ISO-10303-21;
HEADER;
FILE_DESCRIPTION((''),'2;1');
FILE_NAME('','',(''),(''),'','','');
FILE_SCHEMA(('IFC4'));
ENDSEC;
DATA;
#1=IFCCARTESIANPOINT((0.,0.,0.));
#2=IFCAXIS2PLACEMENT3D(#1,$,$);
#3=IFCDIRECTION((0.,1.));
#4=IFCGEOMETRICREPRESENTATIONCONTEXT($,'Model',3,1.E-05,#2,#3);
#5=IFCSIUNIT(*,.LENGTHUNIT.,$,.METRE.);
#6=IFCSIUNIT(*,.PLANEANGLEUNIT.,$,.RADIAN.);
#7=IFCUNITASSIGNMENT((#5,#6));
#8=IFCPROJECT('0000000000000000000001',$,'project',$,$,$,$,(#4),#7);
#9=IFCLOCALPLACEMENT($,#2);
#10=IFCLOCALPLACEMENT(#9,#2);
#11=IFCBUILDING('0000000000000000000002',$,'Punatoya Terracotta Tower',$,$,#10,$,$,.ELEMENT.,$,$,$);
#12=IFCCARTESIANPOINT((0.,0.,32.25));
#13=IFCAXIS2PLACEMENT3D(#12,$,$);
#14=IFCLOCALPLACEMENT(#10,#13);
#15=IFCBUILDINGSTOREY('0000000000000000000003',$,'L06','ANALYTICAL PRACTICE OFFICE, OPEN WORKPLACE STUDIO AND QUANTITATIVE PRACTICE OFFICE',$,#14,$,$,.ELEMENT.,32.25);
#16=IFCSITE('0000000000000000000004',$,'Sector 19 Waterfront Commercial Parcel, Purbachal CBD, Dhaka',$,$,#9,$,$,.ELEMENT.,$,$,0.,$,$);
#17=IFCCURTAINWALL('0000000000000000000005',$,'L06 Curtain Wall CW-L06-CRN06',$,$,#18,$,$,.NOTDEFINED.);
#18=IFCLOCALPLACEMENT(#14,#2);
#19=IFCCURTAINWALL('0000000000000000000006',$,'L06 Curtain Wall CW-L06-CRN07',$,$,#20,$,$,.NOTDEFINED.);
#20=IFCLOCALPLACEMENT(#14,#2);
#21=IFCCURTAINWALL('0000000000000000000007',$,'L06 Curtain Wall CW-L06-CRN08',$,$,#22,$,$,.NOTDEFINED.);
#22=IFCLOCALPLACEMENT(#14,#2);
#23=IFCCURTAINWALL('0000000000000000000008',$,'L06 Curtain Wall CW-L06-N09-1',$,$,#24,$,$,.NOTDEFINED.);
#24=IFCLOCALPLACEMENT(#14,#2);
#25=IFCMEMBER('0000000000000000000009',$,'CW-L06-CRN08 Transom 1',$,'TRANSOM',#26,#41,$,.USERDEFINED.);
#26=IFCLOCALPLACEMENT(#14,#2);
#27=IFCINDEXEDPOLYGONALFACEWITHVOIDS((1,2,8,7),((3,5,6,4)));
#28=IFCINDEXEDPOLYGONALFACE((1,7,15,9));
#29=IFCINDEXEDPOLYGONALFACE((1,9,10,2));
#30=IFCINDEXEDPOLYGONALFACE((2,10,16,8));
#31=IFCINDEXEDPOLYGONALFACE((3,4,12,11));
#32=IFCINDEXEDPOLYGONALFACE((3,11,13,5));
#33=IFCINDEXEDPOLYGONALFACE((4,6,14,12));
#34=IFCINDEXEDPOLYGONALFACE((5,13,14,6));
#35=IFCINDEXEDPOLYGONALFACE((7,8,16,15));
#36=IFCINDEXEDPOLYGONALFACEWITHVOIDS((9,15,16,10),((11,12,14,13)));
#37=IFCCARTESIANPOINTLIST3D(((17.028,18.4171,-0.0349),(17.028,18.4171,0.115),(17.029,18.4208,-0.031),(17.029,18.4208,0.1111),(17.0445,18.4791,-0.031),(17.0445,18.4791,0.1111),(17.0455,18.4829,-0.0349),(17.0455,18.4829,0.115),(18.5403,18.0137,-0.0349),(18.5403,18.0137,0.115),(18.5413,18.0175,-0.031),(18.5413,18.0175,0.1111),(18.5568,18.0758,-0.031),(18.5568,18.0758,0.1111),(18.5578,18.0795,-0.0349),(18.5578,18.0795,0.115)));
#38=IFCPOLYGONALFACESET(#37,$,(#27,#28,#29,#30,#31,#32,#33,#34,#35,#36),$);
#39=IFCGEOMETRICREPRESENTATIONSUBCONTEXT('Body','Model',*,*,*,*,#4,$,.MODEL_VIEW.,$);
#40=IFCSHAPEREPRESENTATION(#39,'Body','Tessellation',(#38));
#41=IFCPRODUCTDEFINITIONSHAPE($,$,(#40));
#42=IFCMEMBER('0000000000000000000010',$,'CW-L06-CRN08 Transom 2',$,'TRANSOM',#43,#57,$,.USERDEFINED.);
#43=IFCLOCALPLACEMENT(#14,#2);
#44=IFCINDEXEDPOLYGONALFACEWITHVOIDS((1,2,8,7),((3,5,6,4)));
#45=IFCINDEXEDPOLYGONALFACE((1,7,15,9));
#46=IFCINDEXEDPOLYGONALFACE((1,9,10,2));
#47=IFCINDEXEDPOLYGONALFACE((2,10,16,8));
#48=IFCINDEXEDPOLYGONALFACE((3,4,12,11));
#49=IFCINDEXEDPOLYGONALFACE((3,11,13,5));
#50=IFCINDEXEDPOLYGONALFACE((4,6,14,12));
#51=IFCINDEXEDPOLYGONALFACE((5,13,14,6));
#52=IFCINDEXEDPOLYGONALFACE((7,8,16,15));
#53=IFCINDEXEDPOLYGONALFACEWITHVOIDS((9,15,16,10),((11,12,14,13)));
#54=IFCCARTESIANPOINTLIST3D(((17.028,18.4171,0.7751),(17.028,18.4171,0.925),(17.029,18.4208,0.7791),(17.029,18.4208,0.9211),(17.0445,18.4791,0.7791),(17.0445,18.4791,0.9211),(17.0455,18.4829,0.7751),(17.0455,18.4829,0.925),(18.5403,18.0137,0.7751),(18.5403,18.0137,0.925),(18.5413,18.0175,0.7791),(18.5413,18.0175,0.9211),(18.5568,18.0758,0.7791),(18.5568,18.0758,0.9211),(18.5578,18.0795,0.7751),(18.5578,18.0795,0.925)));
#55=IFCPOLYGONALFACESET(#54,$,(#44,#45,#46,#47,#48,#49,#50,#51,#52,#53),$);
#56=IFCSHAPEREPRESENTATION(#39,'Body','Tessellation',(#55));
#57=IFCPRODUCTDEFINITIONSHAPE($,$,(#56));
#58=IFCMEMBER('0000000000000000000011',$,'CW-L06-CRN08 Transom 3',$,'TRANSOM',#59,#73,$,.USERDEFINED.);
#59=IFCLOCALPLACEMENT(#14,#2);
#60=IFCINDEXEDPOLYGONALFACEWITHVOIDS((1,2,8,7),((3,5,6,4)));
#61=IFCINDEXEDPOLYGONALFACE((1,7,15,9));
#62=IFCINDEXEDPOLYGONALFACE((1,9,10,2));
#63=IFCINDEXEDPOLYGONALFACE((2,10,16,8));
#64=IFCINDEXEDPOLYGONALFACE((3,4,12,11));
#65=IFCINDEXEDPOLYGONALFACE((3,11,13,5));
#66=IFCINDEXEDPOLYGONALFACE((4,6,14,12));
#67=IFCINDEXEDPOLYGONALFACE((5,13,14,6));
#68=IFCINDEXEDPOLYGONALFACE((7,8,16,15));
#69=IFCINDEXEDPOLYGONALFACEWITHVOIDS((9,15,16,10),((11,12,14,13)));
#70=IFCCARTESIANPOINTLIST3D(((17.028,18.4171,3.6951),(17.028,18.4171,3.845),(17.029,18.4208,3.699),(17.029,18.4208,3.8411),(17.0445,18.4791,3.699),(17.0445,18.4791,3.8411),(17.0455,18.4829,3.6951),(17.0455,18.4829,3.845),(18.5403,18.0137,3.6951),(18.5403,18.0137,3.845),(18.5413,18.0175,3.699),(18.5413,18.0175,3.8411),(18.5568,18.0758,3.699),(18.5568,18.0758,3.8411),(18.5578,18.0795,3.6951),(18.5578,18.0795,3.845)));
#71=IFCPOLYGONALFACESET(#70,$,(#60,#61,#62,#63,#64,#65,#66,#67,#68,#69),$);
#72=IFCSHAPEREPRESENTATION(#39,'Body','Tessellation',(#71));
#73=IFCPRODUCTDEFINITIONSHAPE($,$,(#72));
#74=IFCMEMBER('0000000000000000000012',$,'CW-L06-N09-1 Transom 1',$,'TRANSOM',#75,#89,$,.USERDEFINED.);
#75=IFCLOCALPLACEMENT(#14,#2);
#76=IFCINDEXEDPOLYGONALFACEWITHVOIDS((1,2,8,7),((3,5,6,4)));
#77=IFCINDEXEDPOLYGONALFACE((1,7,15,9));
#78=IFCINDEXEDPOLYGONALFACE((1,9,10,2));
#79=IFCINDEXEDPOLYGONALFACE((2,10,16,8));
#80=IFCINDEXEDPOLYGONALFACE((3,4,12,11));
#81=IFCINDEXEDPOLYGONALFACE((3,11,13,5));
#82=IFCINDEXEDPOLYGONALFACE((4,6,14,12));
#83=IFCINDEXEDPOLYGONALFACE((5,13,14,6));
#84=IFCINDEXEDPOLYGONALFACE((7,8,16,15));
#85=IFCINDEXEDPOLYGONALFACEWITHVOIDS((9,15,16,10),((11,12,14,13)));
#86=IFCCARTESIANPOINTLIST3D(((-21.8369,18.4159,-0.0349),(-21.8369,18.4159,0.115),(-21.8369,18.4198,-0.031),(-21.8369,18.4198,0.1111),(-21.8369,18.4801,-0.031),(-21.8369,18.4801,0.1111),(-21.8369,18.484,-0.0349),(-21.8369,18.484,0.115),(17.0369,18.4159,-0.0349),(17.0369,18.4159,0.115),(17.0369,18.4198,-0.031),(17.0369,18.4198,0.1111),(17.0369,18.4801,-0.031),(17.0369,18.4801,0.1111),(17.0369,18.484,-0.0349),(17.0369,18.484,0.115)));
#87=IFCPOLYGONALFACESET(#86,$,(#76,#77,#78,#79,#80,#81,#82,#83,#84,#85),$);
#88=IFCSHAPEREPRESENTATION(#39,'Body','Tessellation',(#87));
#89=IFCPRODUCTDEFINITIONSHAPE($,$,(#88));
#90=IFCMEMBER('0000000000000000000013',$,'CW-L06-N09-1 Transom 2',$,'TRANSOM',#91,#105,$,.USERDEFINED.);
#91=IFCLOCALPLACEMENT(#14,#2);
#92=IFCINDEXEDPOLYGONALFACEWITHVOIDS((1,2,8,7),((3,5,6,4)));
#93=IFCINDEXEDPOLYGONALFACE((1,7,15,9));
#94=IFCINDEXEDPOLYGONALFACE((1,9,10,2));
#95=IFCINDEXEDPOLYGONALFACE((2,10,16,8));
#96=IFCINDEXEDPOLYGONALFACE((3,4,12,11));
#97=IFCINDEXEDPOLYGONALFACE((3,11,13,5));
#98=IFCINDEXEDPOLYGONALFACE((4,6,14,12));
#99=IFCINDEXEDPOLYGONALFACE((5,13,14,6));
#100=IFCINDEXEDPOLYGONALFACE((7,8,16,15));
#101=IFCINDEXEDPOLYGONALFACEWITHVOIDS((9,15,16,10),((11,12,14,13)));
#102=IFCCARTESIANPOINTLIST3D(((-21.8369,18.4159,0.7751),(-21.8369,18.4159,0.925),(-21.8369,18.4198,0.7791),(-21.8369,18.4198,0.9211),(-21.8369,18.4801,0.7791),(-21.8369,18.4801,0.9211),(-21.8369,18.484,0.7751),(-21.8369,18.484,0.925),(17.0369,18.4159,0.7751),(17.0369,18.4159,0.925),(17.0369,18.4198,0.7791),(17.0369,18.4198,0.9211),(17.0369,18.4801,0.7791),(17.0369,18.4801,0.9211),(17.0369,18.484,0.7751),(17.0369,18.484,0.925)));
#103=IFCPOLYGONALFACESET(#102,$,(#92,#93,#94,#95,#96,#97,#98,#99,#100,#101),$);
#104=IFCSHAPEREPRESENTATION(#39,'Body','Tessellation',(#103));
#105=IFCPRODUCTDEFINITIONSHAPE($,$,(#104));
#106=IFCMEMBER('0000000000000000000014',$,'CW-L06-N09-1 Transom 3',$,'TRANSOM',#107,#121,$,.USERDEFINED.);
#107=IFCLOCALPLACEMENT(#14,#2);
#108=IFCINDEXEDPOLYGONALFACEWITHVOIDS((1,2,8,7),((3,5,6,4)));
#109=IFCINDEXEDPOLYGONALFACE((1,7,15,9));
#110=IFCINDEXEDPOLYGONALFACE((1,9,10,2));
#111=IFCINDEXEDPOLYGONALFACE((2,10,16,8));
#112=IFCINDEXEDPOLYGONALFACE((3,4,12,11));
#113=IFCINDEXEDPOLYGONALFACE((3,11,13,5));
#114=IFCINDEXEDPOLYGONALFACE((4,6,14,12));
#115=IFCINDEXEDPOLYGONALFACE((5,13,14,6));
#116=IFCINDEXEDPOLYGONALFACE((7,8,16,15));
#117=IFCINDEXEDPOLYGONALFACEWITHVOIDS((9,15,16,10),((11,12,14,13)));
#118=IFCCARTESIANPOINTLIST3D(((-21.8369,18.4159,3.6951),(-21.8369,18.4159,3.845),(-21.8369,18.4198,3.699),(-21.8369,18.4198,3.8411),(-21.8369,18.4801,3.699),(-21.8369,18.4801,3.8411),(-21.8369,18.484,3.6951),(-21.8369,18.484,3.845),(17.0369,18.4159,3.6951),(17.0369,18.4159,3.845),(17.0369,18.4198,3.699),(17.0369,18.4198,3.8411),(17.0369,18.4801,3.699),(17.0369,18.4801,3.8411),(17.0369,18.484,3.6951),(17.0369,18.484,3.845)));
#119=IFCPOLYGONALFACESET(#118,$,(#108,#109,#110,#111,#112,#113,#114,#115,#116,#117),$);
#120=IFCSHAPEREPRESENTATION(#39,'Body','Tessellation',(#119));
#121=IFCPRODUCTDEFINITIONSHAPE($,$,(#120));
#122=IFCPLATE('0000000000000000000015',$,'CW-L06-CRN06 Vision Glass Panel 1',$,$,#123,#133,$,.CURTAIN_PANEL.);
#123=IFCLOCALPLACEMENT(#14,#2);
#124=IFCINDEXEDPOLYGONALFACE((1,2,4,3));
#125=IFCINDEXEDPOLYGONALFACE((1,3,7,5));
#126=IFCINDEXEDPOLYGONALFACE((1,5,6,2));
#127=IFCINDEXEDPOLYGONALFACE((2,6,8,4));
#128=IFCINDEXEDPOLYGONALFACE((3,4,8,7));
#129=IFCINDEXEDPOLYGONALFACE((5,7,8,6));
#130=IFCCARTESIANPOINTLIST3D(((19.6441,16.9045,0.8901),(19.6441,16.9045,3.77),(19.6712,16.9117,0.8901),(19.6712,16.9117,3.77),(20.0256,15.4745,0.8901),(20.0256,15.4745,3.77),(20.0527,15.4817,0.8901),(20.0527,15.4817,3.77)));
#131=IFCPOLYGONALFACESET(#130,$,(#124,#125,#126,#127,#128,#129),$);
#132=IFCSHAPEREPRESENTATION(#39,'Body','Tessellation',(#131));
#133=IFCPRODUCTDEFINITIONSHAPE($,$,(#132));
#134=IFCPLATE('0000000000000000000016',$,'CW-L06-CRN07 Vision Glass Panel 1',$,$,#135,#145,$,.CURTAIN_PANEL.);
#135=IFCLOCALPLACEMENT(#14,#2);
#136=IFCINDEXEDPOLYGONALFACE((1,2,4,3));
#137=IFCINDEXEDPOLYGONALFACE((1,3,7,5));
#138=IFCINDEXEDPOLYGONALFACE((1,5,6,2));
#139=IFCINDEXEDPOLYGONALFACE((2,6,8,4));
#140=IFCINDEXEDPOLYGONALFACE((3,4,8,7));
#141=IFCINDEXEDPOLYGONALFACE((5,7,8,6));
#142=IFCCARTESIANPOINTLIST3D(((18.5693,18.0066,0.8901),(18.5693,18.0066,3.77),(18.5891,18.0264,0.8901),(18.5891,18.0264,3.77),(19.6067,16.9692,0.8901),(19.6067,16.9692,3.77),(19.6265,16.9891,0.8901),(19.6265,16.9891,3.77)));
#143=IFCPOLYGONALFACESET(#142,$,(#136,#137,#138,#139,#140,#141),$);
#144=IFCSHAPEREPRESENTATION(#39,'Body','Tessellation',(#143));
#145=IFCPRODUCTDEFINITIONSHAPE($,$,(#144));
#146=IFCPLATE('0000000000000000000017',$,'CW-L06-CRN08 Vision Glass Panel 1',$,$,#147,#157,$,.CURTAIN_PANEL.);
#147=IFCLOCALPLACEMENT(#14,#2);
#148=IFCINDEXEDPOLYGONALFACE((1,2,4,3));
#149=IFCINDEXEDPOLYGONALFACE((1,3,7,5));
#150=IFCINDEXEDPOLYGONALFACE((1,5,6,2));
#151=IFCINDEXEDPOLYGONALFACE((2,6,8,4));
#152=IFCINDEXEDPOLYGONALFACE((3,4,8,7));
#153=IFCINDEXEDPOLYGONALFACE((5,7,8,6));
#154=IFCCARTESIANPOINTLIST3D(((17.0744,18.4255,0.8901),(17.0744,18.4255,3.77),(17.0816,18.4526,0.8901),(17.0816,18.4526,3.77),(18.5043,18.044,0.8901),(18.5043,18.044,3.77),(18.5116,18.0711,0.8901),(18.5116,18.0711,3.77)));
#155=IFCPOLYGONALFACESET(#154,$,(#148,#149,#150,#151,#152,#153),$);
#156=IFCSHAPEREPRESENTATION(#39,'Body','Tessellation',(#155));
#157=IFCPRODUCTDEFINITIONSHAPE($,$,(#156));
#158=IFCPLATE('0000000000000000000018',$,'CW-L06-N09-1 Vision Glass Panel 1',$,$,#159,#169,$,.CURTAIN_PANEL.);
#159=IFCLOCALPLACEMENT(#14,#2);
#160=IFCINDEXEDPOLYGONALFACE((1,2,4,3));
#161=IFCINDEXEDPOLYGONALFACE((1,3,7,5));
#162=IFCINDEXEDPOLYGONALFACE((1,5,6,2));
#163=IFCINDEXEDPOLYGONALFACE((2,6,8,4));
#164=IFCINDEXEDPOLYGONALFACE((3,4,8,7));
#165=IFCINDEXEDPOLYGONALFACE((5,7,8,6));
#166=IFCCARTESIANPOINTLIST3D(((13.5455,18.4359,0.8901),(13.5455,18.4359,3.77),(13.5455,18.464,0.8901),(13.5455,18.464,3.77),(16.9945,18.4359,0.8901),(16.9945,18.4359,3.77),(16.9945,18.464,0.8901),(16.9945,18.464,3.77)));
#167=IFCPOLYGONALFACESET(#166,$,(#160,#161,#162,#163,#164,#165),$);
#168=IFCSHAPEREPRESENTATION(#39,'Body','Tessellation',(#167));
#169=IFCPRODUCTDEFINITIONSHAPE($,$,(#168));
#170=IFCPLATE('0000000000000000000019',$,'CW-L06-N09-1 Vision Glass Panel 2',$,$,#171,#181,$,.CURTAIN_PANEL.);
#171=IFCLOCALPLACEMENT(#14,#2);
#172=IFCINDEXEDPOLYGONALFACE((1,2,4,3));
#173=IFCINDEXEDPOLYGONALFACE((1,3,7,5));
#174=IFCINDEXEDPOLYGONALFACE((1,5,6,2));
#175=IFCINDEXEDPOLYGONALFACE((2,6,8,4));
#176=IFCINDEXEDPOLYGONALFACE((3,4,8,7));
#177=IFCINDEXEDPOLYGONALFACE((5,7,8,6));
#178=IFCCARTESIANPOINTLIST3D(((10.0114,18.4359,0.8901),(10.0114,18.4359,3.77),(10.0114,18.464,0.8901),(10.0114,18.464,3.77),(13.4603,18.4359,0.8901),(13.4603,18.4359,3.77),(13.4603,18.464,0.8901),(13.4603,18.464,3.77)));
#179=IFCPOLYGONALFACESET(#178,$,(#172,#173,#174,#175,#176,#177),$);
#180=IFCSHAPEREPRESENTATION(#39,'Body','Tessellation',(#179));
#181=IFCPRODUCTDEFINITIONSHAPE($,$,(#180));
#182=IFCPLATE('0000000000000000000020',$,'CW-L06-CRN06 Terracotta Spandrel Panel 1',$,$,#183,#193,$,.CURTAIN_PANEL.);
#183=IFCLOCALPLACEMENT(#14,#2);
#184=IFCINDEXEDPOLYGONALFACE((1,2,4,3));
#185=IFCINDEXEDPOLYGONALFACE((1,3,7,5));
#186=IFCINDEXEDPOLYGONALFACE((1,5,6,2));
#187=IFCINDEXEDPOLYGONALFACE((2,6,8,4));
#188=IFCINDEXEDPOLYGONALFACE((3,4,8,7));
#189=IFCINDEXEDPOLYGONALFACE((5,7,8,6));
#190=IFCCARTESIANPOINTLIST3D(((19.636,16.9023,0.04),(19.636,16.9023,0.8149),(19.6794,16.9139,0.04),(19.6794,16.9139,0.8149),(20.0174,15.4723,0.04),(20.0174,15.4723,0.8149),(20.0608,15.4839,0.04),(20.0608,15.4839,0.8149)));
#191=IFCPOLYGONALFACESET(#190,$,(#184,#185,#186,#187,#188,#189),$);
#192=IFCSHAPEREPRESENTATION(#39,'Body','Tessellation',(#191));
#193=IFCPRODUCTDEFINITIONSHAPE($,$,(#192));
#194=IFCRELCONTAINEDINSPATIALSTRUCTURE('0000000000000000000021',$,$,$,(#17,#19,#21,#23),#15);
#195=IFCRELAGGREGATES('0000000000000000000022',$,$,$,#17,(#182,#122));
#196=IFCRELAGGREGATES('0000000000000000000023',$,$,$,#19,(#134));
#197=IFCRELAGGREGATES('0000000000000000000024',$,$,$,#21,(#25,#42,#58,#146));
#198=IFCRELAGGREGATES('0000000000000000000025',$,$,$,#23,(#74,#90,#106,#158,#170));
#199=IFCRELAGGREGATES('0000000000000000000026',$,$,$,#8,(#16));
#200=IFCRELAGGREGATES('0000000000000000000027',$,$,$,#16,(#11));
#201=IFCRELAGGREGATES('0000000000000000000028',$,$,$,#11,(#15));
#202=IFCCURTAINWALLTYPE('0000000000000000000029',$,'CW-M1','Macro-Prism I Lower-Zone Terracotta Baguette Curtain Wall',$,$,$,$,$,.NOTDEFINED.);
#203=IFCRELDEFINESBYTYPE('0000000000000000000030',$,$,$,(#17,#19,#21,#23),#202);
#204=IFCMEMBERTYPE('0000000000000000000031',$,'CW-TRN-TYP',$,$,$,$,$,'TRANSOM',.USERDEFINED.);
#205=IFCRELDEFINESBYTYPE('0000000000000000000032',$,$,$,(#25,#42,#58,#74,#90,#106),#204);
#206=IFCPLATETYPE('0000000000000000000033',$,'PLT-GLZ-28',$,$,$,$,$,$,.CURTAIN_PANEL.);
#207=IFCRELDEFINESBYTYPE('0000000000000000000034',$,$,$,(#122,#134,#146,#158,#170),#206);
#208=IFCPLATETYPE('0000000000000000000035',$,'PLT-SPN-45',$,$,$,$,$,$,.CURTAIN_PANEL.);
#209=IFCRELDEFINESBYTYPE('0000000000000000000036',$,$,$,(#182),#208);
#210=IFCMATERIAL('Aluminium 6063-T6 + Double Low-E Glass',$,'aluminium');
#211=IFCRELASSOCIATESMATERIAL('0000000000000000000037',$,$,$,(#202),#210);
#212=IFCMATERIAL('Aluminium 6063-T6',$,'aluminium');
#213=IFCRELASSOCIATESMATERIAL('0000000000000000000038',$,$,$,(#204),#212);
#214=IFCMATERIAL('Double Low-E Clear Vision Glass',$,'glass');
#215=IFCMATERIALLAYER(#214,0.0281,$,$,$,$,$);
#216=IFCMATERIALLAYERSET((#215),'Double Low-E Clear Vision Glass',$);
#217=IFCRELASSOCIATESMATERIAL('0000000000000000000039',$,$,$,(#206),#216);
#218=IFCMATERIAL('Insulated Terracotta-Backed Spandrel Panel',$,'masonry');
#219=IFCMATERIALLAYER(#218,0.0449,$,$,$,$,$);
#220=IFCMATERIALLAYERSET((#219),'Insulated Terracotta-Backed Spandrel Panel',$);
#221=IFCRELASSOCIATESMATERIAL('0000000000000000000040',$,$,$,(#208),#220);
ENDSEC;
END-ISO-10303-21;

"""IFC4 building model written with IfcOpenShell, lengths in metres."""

from ifc_helpers import new_model, si_unit, direction, frame, origin, origin_2d, place, context, subcontext, project, spatial, rectangle, hollow_rectangle, extrude, material, layer, layer_set, material_profile, profile_set, type_object, element, aggregate, save


model = new_model("IFC4")

# Units and contexts
model_context = context("Model", 3, precision=1e-05, world=origin(), true_north=direction((0.0, 1.0)))
body_context = subcontext(model_context, "Body", "Model", "MODEL_VIEW")
ifc_project = project(units=[si_unit("LENGTHUNIT", "METRE"), si_unit("PLANEANGLEUNIT", "RADIAN")], contexts=[model_context])

# Site, building, storey
site_placement = place(None, origin())
site = spatial("IfcSite", under=ifc_project, at=site_placement, Name="Sector 19 Waterfront Commercial Parcel, Purbachal CBD, Dhaka", CompositionType="ELEMENT", RefElevation=0.0)
building_placement = place(site_placement, origin())
building = spatial("IfcBuilding", under=site, at=building_placement, Name="Punatoya Terracotta Tower", CompositionType="ELEMENT")
storey_placement = place(building_placement, frame((0.0, 0.0, 32.25)))
storey = spatial("IfcBuildingStorey", under=building, at=storey_placement, Name="L06", Description="ANALYTICAL PRACTICE OFFICE, OPEN WORKPLACE STUDIO AND QUANTITATIVE PRACTICE OFFICE", CompositionType="ELEMENT", Elevation=32.25)

# Curtain wall
ifc_material_1 = material(Name="Aluminium 6063-T6 + Double Low-E Glass", Category="aluminium")
curtain_wall_type = type_object("IfcCurtainWallType", Name="CW-M1", Description="Macro-Prism I Lower-Zone Terracotta Baguette Curtain Wall", PredefinedType="NOTDEFINED", material=ifc_material_1)
curtain_wall_1_placement = place(storey_placement, origin())
curtain_wall_1 = element("IfcCurtainWall", 1, at=curtain_wall_1_placement, inside=storey, type_object=curtain_wall_type, Name="L06 Curtain Wall CW-L06-CRN06", PredefinedType="NOTDEFINED")
ifc_material_2 = material(Name="Aluminium 6063-T6", Category="aluminium")

# Curtain walls
curtain_wall_2_placement = place(storey_placement, origin())
curtain_wall_2 = element("IfcCurtainWall", 2, at=curtain_wall_2_placement, inside=storey, type_object=curtain_wall_type, Name="L06 Curtain Wall CW-L06-CRN07", PredefinedType="NOTDEFINED")
curtain_wall_3_placement = place(storey_placement, origin())
curtain_wall_3 = element("IfcCurtainWall", 3, at=curtain_wall_3_placement, inside=storey, type_object=curtain_wall_type, Name="L06 Curtain Wall CW-L06-CRN08", PredefinedType="NOTDEFINED")
curtain_wall_4_placement = place(storey_placement, origin())
curtain_wall_4 = element("IfcCurtainWall", 4, at=curtain_wall_4_placement, inside=storey, type_object=curtain_wall_type, Name="L06 Curtain Wall CW-L06-N09-1", PredefinedType="NOTDEFINED")

# Members
ifc_material_profile_1 = material_profile(ifc_material_2, hollow_rectangle(XDim=0.0681, YDim=0.1499, WallThickness=0.0039, at=origin_2d()))
ifc_profile_set_1 = profile_set([ifc_material_profile_1], Name="Aluminium 6063-T6")
member_type_1 = type_object("IfcMemberType", Name="CW-TRN-TYP", ElementType="TRANSOM", PredefinedType="USERDEFINED", material=ifc_profile_set_1)
member_1_placement = place(storey_placement, frame((18.5491, 18.0466, 0.04), z_axis=(-0.966225, 0.257701, 0.0), x_axis=(-0.257701, -0.966225, 0.0)))
member_1 = element("IfcMember", 5, at=member_1_placement, type_object=member_type_1, Name="CW-L06-CRN08 Transom 1", ObjectType="TRANSOM", PredefinedType="USERDEFINED", context=body_context, shape_type="SweptSolid", body=[
    extrude(hollow_rectangle(XDim=0.0681, YDim=0.1499, WallThickness=0.0039, at=origin_2d()), origin(), (0.0, 0.0, 1.0), 1.5652),
])
member_2_placement = place(storey_placement, frame((18.5491, 18.0466, 0.8501), z_axis=(-0.966225, 0.257701, 0.0), x_axis=(-0.257701, -0.966225, 0.0)))
member_2 = element("IfcMember", 6, at=member_2_placement, type_object=member_type_1, Name="CW-L06-CRN08 Transom 2", ObjectType="TRANSOM", PredefinedType="USERDEFINED", context=body_context, shape_type="SweptSolid", body=[
    extrude(hollow_rectangle(XDim=0.0681, YDim=0.1499, WallThickness=0.0039, at=origin_2d()), origin(), (0.0, 0.0, 1.0), 1.5652),
])
member_3_placement = place(storey_placement, frame((18.5491, 18.0466, 3.77), z_axis=(-0.966225, 0.257701, 0.0), x_axis=(-0.257701, -0.966225, 0.0)))
member_3 = element("IfcMember", 7, at=member_3_placement, type_object=member_type_1, Name="CW-L06-CRN08 Transom 3", ObjectType="TRANSOM", PredefinedType="USERDEFINED", context=body_context, shape_type="SweptSolid", body=[
    extrude(hollow_rectangle(XDim=0.0681, YDim=0.1499, WallThickness=0.0039, at=origin_2d()), origin(), (0.0, 0.0, 1.0), 1.5652),
])
member_4_placement = place(storey_placement, frame((17.0369, 18.45, 0.04), z_axis=(-1.0, 0.0, 0.0), x_axis=(0.0, -1.0, 0.0)))
member_4 = element("IfcMember", 8, at=member_4_placement, type_object=member_type_1, Name="CW-L06-N09-1 Transom 1", ObjectType="TRANSOM", PredefinedType="USERDEFINED", context=body_context, shape_type="SweptSolid", body=[
    extrude(hollow_rectangle(XDim=0.0681, YDim=0.1499, WallThickness=0.0039, at=origin_2d()), origin(), (0.0, 0.0, 1.0), 38.8738),
])
member_5_placement = place(storey_placement, frame((17.0369, 18.45, 0.8501), z_axis=(-1.0, 0.0, 0.0), x_axis=(0.0, -1.0, 0.0)))
member_5 = element("IfcMember", 9, at=member_5_placement, type_object=member_type_1, Name="CW-L06-N09-1 Transom 2", ObjectType="TRANSOM", PredefinedType="USERDEFINED", context=body_context, shape_type="SweptSolid", body=[
    extrude(hollow_rectangle(XDim=0.0681, YDim=0.1499, WallThickness=0.0039, at=origin_2d()), origin(), (0.0, 0.0, 1.0), 38.8738),
])
member_6_placement = place(storey_placement, frame((17.0369, 18.45, 3.77), z_axis=(-1.0, 0.0, 0.0), x_axis=(0.0, -1.0, 0.0)))
member_6 = element("IfcMember", 10, at=member_6_placement, type_object=member_type_1, Name="CW-L06-N09-1 Transom 3", ObjectType="TRANSOM", PredefinedType="USERDEFINED", context=body_context, shape_type="SweptSolid", body=[
    extrude(hollow_rectangle(XDim=0.0681, YDim=0.1499, WallThickness=0.0039, at=origin_2d()), origin(), (0.0, 0.0, 1.0), 38.8738),
])

# Plates
ifc_material_3 = material(Name="Double Low-E Clear Vision Glass", Category="glass")
ifc_layer_1 = layer(ifc_material_3, 0.0281)
ifc_layer_set_1 = layer_set([ifc_layer_1], Name="Double Low-E Clear Vision Glass")
plate_type_1 = type_object("IfcPlateType", Name="PLT-GLZ-28", PredefinedType="CURTAIN_PANEL", material=ifc_layer_set_1)
plate_1_placement = place(storey_placement, frame((19.8484, 16.1931, 0.8901), z_axis=(0.0, 0.0, 1.0), x_axis=(-0.257742, 0.966214, 0.0)))
plate_1 = element("IfcPlate", 11, at=plate_1_placement, type_object=plate_type_1, Name="CW-L06-CRN06 Vision Glass Panel 1", PredefinedType="CURTAIN_PANEL", context=body_context, shape_type="SweptSolid", body=[
    extrude(rectangle(XDim=1.48, YDim=0.0281, at=origin_2d()), origin(), (0.0, 0.0, 1.0), 2.8799),
])
plate_2_placement = place(storey_placement, frame((19.0979, 17.4978, 0.8901), z_axis=(0.0, 0.0, 1.0), x_axis=(-0.707107, 0.707107, 0.0)))
plate_2 = element("IfcPlate", 12, at=plate_2_placement, type_object=plate_type_1, Name="CW-L06-CRN07 Vision Glass Panel 1", PredefinedType="CURTAIN_PANEL", context=body_context, shape_type="SweptSolid", body=[
    extrude(rectangle(XDim=1.467, YDim=0.0281, at=origin_2d()), origin(), (0.0, 0.0, 1.0), 2.8799),
])
plate_3_placement = place(storey_placement, frame((17.793, 18.2483, 0.8901), z_axis=(0.0, 0.0, 1.0), x_axis=(-0.966214, 0.257742, 0.0)))
plate_3 = element("IfcPlate", 13, at=plate_3_placement, type_object=plate_type_1, Name="CW-L06-CRN08 Vision Glass Panel 1", PredefinedType="CURTAIN_PANEL", context=body_context, shape_type="SweptSolid", body=[
    extrude(rectangle(XDim=1.48, YDim=0.0281, at=origin_2d()), origin(), (0.0, 0.0, 1.0), 2.8799),
])
plate_4_placement = place(storey_placement, frame((15.27, 18.45, 0.8901), z_axis=(0.0, 0.0, 1.0), x_axis=(-1.0, 0.0, 0.0)))
plate_4 = element("IfcPlate", 14, at=plate_4_placement, type_object=plate_type_1, Name="CW-L06-N09-1 Vision Glass Panel 1", PredefinedType="CURTAIN_PANEL", context=body_context, shape_type="SweptSolid", body=[
    extrude(rectangle(XDim=3.449, YDim=0.0281, at=origin_2d()), origin(), (0.0, 0.0, 1.0), 2.8799),
])
plate_5_placement = place(storey_placement, frame((11.7358, 18.45, 0.8901), z_axis=(0.0, 0.0, 1.0), x_axis=(-1.0, 0.0, 0.0)))
plate_5 = element("IfcPlate", 15, at=plate_5_placement, type_object=plate_type_1, Name="CW-L06-N09-1 Vision Glass Panel 2", PredefinedType="CURTAIN_PANEL", context=body_context, shape_type="SweptSolid", body=[
    extrude(rectangle(XDim=3.449, YDim=0.0281, at=origin_2d()), origin(), (0.0, 0.0, 1.0), 2.8799),
])
ifc_material_4 = material(Name="Insulated Terracotta-Backed Spandrel Panel", Category="masonry")
ifc_layer_2 = layer(ifc_material_4, 0.0449)
ifc_layer_set_2 = layer_set([ifc_layer_2], Name="Insulated Terracotta-Backed Spandrel Panel")
plate_type_2 = type_object("IfcPlateType", Name="PLT-SPN-45", PredefinedType="CURTAIN_PANEL", material=ifc_layer_set_2)
plate_6_placement = place(storey_placement, frame((19.8484, 16.1931, 0.04), z_axis=(0.0, 0.0, 1.0), x_axis=(-0.257742, 0.966214, 0.0)))
plate_6 = element("IfcPlate", 16, at=plate_6_placement, type_object=plate_type_2, Name="CW-L06-CRN06 Terracotta Spandrel Panel 1", PredefinedType="CURTAIN_PANEL", context=body_context, shape_type="SweptSolid", body=[
    extrude(rectangle(XDim=1.48, YDim=0.0449, at=origin_2d()), origin(), (0.0, 0.0, 1.0), 0.7749),
])
aggregate(curtain_wall_1, [plate_6, plate_1])
aggregate(curtain_wall_2, [plate_2])
aggregate(curtain_wall_3, [member_1, member_2, member_3, plate_3])
aggregate(curtain_wall_4, [member_4, member_5, member_6, plate_4, plate_5])

save(model, "model.ifc")
